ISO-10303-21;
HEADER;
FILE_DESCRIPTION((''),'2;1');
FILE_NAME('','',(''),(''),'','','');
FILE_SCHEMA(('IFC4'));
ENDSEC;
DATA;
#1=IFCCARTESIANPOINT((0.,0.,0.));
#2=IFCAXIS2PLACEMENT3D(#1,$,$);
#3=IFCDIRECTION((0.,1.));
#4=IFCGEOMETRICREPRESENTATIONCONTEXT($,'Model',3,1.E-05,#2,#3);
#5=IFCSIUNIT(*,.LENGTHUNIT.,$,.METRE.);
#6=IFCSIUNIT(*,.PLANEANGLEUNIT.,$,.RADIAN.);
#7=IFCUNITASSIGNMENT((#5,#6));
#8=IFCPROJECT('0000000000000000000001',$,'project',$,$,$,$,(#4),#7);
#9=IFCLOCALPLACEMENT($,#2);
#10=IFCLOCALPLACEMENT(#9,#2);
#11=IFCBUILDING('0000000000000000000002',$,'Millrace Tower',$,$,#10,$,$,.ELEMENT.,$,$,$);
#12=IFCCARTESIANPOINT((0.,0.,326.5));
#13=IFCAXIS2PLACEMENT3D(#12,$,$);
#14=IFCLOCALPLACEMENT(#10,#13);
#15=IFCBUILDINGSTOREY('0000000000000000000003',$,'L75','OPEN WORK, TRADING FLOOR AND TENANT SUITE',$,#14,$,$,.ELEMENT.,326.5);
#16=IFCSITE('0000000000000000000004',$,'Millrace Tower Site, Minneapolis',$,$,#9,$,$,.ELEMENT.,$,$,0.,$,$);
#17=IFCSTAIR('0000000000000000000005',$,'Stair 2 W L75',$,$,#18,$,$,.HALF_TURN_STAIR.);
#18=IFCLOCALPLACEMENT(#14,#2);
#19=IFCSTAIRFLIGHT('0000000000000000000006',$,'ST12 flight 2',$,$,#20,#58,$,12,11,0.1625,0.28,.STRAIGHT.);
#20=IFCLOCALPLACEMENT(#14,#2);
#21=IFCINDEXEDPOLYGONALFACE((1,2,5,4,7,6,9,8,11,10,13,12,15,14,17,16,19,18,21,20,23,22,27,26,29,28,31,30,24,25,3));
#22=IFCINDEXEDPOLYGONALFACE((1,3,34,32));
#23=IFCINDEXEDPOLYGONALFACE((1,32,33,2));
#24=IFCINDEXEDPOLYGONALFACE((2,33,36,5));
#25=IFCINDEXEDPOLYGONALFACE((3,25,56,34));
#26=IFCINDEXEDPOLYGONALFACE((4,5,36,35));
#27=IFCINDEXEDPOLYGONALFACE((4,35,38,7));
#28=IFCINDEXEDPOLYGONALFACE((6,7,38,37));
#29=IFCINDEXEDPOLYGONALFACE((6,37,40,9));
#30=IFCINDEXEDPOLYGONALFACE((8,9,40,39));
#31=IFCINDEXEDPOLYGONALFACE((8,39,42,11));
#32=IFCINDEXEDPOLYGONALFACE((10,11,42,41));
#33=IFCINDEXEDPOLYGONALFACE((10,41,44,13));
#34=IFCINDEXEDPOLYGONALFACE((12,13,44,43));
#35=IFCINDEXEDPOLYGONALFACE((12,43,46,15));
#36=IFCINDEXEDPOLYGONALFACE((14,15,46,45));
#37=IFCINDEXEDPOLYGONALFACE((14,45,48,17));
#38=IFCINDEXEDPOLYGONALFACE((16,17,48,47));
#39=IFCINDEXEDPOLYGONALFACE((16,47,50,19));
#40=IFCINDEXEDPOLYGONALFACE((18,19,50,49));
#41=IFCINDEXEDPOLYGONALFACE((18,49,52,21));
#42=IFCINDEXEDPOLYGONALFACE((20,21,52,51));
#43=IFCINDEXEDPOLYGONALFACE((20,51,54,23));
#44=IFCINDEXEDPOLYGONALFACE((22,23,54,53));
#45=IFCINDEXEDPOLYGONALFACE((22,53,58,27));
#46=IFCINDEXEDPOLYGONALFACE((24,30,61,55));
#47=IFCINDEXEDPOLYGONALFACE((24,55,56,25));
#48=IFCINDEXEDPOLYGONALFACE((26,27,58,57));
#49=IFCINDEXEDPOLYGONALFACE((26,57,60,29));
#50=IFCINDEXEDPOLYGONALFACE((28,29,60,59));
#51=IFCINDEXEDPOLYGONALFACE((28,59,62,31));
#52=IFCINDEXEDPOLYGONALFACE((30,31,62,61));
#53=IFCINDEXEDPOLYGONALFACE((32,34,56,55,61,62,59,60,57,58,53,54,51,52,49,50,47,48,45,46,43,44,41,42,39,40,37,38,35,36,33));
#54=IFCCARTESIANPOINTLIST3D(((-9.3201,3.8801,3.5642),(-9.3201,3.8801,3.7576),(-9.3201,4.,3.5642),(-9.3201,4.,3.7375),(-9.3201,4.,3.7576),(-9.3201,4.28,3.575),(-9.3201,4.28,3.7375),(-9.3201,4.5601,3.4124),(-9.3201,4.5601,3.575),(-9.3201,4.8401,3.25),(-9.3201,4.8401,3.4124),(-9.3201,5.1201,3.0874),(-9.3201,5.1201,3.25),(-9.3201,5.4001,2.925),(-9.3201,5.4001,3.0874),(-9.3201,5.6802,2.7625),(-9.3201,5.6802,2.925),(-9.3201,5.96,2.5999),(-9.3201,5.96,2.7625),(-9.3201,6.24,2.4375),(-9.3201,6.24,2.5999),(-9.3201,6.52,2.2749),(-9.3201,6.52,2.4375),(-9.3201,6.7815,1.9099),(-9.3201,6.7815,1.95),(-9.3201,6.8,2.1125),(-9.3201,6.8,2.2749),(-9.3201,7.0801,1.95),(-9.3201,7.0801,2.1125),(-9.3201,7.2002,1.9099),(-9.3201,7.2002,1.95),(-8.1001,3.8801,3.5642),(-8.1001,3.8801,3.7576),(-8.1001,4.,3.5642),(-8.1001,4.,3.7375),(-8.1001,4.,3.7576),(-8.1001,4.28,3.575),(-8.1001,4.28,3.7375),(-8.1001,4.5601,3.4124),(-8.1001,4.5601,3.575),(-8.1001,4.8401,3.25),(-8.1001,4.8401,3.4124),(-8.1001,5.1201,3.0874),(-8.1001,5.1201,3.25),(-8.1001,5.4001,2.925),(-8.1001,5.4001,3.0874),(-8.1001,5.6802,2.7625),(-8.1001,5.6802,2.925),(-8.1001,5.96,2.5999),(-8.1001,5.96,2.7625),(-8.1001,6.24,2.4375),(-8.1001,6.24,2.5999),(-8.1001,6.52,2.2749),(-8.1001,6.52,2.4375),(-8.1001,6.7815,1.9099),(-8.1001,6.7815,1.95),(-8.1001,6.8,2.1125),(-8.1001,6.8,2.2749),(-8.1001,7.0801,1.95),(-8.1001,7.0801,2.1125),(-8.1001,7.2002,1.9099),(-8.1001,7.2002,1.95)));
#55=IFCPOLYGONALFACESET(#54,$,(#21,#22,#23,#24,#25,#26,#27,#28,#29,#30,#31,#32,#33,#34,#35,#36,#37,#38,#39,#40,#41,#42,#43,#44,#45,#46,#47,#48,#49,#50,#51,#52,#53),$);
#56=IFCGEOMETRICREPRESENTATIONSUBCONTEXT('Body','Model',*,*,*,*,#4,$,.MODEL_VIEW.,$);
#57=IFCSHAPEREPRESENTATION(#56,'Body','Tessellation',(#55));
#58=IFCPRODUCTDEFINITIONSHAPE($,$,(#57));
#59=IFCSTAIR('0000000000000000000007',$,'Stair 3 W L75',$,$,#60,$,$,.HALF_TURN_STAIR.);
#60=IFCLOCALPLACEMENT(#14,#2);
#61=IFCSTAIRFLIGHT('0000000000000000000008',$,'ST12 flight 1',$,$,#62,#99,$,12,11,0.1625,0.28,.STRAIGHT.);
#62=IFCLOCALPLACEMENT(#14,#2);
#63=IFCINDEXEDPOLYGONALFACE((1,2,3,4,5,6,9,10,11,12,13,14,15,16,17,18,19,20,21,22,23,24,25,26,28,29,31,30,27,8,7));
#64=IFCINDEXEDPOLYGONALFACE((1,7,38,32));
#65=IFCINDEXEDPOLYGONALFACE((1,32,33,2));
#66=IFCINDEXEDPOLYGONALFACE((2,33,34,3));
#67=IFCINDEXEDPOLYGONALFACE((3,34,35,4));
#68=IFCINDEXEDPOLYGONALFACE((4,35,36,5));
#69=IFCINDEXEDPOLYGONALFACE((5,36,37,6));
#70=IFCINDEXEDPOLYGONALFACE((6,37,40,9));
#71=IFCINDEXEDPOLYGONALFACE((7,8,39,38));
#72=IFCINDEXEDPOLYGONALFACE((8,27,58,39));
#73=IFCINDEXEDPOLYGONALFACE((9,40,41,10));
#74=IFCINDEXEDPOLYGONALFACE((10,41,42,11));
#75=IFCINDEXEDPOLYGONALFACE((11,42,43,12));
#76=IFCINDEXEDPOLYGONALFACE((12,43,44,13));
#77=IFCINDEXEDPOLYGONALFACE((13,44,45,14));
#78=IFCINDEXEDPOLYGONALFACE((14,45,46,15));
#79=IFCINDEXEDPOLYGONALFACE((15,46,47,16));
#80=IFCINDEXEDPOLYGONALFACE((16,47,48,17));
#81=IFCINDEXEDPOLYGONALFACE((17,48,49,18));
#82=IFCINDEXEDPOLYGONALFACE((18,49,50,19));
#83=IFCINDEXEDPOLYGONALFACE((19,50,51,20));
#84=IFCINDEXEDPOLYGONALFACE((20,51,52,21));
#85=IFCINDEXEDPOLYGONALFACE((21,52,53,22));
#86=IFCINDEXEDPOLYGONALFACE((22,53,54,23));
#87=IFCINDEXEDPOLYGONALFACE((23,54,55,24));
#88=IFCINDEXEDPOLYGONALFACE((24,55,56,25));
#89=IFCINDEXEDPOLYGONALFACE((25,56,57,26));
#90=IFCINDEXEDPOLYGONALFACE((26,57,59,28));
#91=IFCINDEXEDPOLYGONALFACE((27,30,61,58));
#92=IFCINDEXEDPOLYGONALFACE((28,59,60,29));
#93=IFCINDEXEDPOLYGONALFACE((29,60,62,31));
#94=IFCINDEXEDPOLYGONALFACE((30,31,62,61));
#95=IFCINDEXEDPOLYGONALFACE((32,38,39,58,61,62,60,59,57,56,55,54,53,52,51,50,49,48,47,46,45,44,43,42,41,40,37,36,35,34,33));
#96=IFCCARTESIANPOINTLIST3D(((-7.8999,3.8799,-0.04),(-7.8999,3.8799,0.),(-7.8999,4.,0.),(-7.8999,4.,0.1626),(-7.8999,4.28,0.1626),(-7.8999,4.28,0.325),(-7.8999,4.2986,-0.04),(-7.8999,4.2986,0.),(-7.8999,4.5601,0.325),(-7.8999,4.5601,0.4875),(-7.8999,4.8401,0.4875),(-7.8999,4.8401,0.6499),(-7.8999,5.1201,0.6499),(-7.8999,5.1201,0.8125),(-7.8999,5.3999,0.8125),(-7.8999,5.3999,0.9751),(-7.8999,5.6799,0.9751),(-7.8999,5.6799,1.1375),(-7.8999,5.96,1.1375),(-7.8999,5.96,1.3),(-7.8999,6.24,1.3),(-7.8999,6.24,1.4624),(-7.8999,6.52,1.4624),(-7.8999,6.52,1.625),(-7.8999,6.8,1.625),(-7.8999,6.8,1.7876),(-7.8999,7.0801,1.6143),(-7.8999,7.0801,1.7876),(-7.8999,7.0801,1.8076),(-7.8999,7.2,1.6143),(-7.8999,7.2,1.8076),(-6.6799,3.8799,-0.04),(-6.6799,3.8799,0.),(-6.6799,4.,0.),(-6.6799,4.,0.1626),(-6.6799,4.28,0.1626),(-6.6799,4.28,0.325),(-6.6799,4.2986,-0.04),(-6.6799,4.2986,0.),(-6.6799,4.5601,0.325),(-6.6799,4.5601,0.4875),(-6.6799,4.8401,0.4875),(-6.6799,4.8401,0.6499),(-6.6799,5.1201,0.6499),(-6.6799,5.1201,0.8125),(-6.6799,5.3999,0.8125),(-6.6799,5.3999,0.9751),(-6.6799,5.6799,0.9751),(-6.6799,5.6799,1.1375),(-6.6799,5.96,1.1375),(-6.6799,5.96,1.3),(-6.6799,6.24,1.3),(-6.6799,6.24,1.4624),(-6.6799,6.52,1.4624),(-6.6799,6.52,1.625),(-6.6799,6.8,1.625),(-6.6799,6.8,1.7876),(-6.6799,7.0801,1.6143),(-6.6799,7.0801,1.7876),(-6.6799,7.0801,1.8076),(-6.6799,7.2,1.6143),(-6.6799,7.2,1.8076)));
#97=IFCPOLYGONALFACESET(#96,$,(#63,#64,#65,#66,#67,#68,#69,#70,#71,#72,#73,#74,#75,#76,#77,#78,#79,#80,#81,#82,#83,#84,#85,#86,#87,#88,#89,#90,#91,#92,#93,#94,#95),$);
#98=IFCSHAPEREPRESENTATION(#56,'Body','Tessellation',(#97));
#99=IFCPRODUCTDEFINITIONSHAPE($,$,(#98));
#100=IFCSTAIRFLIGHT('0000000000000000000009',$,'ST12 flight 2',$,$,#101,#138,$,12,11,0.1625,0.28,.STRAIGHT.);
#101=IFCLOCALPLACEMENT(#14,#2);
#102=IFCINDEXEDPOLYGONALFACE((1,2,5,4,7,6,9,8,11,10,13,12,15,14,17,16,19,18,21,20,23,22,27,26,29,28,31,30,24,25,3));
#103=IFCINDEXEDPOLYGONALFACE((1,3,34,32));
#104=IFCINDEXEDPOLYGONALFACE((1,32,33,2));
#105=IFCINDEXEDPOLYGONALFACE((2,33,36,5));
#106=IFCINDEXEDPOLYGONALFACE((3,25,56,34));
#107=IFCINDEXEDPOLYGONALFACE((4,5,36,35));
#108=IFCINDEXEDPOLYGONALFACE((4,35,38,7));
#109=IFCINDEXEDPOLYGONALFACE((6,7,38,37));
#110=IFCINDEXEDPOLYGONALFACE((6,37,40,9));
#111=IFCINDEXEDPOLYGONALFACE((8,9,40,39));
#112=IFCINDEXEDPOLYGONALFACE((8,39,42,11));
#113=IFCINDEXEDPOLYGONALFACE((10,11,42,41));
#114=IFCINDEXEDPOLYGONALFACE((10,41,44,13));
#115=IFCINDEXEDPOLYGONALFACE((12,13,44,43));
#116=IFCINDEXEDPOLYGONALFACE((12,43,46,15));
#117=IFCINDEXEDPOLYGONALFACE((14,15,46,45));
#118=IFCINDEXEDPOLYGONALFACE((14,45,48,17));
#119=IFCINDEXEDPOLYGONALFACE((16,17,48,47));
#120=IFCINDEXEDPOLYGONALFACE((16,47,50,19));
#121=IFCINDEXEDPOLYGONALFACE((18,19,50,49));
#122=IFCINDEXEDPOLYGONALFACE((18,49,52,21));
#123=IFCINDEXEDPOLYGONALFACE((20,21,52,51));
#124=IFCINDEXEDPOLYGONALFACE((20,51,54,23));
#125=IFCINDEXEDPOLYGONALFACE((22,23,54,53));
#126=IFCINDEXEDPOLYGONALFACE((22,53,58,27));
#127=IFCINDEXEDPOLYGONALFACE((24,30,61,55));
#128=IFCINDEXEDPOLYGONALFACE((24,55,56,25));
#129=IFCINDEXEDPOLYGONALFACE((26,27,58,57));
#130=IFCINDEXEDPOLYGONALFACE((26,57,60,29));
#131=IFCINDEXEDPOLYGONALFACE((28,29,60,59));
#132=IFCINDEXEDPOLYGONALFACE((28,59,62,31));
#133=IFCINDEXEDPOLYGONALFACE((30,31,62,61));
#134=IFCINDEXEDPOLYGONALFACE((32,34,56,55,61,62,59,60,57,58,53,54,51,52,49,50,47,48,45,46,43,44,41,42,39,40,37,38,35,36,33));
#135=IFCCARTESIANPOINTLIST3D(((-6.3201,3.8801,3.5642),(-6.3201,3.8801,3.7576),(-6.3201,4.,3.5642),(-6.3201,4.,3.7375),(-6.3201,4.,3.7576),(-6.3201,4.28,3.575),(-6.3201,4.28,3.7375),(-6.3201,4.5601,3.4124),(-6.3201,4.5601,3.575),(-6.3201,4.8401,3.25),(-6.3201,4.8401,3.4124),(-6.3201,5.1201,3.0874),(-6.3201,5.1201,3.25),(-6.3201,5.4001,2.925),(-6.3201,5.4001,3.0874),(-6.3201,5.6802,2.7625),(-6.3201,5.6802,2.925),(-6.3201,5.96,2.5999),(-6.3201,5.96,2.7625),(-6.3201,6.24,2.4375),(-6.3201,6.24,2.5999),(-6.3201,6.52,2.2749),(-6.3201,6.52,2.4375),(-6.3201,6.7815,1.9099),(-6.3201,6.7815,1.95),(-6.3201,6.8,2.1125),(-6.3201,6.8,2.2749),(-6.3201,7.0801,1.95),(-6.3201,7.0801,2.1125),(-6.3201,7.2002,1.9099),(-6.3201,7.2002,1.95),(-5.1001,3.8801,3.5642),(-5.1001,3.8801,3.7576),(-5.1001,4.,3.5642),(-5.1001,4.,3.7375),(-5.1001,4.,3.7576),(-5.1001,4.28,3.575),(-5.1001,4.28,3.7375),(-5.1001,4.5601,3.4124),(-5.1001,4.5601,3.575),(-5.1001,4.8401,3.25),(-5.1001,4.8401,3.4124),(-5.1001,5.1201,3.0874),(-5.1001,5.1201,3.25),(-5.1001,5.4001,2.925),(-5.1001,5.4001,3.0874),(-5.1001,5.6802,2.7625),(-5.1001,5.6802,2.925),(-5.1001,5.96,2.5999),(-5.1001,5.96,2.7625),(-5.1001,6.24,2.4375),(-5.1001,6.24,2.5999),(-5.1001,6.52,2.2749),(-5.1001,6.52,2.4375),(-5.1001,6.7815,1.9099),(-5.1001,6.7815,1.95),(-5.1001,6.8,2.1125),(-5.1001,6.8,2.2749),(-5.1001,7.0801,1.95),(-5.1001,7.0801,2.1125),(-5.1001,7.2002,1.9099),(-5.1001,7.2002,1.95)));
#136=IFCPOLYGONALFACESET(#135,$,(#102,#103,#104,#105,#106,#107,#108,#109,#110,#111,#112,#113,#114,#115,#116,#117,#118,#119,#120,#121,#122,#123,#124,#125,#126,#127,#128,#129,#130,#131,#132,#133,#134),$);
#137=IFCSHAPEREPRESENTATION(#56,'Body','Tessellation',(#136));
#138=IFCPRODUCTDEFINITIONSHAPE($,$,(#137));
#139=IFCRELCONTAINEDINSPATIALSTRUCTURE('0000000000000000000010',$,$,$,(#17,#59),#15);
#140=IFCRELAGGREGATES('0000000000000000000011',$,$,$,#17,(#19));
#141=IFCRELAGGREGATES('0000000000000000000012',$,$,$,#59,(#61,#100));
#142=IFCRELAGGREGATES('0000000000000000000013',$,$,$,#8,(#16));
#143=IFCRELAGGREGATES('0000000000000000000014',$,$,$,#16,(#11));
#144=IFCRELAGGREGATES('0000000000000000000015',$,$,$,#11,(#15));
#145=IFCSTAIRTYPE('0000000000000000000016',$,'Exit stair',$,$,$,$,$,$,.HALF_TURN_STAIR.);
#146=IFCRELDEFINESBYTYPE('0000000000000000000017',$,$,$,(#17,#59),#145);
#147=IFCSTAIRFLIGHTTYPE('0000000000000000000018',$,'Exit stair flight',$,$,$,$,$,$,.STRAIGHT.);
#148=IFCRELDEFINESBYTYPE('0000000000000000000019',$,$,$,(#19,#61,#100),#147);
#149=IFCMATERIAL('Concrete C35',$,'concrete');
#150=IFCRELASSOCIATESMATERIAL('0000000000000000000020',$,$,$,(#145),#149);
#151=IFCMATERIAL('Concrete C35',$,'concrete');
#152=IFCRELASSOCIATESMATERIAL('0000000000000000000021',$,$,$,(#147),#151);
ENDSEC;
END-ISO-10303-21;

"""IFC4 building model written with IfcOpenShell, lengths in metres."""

from ifc_helpers import new_model, si_unit, direction, frame, origin, place, context, subcontext, project, spatial, polyline, outline, extrude, material, type_object, element, aggregate, save


model = new_model("IFC4")

# Units and contexts
model_context = context("Model", 3, precision=1e-05, world=origin(), true_north=direction((0.0, 1.0)))
body_context = subcontext(model_context, "Body", "Model", "MODEL_VIEW")
ifc_project = project(units=[si_unit("LENGTHUNIT", "METRE"), si_unit("PLANEANGLEUNIT", "RADIAN")], contexts=[model_context])

# Site, building, storey
site_placement = place(None, origin())
site = spatial("IfcSite", under=ifc_project, at=site_placement, Name="Millrace Tower Site, Minneapolis", CompositionType="ELEMENT", RefElevation=0.0)
building_placement = place(site_placement, origin())
building = spatial("IfcBuilding", under=site, at=building_placement, Name="Millrace Tower", CompositionType="ELEMENT")
storey_placement = place(building_placement, frame((0.0, 0.0, 326.5)))
storey = spatial("IfcBuildingStorey", under=building, at=storey_placement, Name="L75", Description="OPEN WORK, TRADING FLOOR AND TENANT SUITE", CompositionType="ELEMENT", Elevation=326.5)

# Shared definitions
placement_1 = place(storey_placement, origin())

# Stairs, stair flights
ifc_material_1 = material(Name="Concrete C35", Category="concrete")
stair_type = type_object("IfcStairType", Name="Exit stair", PredefinedType="HALF_TURN_STAIR", material=ifc_material_1)
stair_1 = element("IfcStair", 1, at=placement_1, inside=storey, type_object=stair_type, Name="Stair 2 W L75", PredefinedType="HALF_TURN_STAIR")
ifc_material_2 = material(Name="Concrete C35", Category="concrete")
stair_flight_type = type_object("IfcStairFlightType", Name="Exit stair flight", PredefinedType="STRAIGHT", material=ifc_material_2)
stair_flight_1_placement = place(storey_placement, frame((-8.71, 7.0801, 1.95), z_axis=(0.0, 0.0, 1.0), x_axis=(0.0, -1.0, 0.0)))
stair_flight_1 = element("IfcStairFlight", 2, at=stair_flight_1_placement, type_object=stair_flight_type, Name="ST12 flight 2", NumberOfRisers=12, NumberOfTreads=11, PredefinedType="STRAIGHT", RiserHeight=0.1625, TreadLength=0.28, context=body_context, shape_type="SweptSolid", body=[
    extrude(outline(polyline([(-0.1201, -0.04), (-0.1201, 0.0), (0.0, 0.0), (0.0, 0.1626), (0.28, 0.1626), (0.28, 0.325), (0.5601, 0.325), (0.5601, 0.4875), (0.8401, 0.4875), (0.8401, 0.6499), (1.1201, 0.6499), (1.1201, 0.8125), (1.3999, 0.8125), (1.3999, 0.9751), (1.6799, 0.9751), (1.6799, 1.1375), (1.96, 1.1375), (1.96, 1.3), (2.24, 1.3), (2.24, 1.4624), (2.52, 1.4624), (2.52, 1.625), (2.8, 1.625), (2.8, 1.7876), (3.0801, 1.7876), (3.0801, 1.8076), (3.2, 1.8076), (3.2, 1.6143), (3.0801, 1.6143), (0.2986, 0.0), (0.2986, -0.04), (-0.1201, -0.04)])), frame((0.0, 0.6099, 0.0), z_axis=(0.0, -1.0, 0.0), x_axis=(1.0, 0.0, 0.0)), (0.0, 0.0, 1.0), 1.22),
])
aggregate(stair_1, [stair_flight_1])
stair_2 = element("IfcStair", 3, at=placement_1, inside=storey, type_object=stair_type, Name="Stair 3 W L75", PredefinedType="HALF_TURN_STAIR")
stair_flight_2_placement = place(storey_placement, frame((-7.29, 4.0, 0.0), z_axis=(0.0, 0.0, 1.0), x_axis=(0.0, 1.0, 0.0)))
stair_flight_2 = element("IfcStairFlight", 4, at=stair_flight_2_placement, type_object=stair_flight_type, Name="ST12 flight 1", NumberOfRisers=12, NumberOfTreads=11, PredefinedType="STRAIGHT", RiserHeight=0.1625, TreadLength=0.28, context=body_context, shape_type="SweptSolid", body=[
    extrude(outline(polyline([(-0.1201, -0.04), (-0.1201, 0.0), (0.0, 0.0), (0.0, 0.1626), (0.28, 0.1626), (0.28, 0.325), (0.5601, 0.325), (0.5601, 0.4875), (0.8401, 0.4875), (0.8401, 0.6499), (1.1201, 0.6499), (1.1201, 0.8125), (1.3999, 0.8125), (1.3999, 0.9751), (1.6799, 0.9751), (1.6799, 1.1375), (1.96, 1.1375), (1.96, 1.3), (2.24, 1.3), (2.24, 1.4624), (2.52, 1.4624), (2.52, 1.625), (2.8, 1.625), (2.8, 1.7876), (3.0801, 1.7876), (3.0801, 1.8076), (3.2, 1.8076), (3.2, 1.6143), (3.0801, 1.6143), (0.2986, 0.0), (0.2986, -0.04), (-0.1201, -0.04)])), frame((0.0, 0.6099, 0.0), z_axis=(0.0, -1.0, 0.0), x_axis=(1.0, 0.0, 0.0)), (0.0, 0.0, 1.0), 1.22),
])
stair_flight_3_placement = place(storey_placement, frame((-5.71, 7.0801, 1.95), z_axis=(0.0, 0.0, 1.0), x_axis=(0.0, -1.0, 0.0)))
stair_flight_3 = element("IfcStairFlight", 5, at=stair_flight_3_placement, type_object=stair_flight_type, Name="ST12 flight 2", NumberOfRisers=12, NumberOfTreads=11, PredefinedType="STRAIGHT", RiserHeight=0.1625, TreadLength=0.28, context=body_context, shape_type="SweptSolid", body=[
    extrude(outline(polyline([(-0.1201, -0.04), (-0.1201, 0.0), (0.0, 0.0), (0.0, 0.1626), (0.28, 0.1626), (0.28, 0.325), (0.5601, 0.325), (0.5601, 0.4875), (0.8401, 0.4875), (0.8401, 0.6499), (1.1201, 0.6499), (1.1201, 0.8125), (1.3999, 0.8125), (1.3999, 0.9751), (1.6799, 0.9751), (1.6799, 1.1375), (1.96, 1.1375), (1.96, 1.3), (2.24, 1.3), (2.24, 1.4624), (2.52, 1.4624), (2.52, 1.625), (2.8, 1.625), (2.8, 1.7876), (3.0801, 1.7876), (3.0801, 1.8076), (3.2, 1.8076), (3.2, 1.6143), (3.0801, 1.6143), (0.2986, 0.0), (0.2986, -0.04), (-0.1201, -0.04)])), frame((0.0, 0.6099, 0.0), z_axis=(0.0, -1.0, 0.0), x_axis=(1.0, 0.0, 0.0)), (0.0, 0.0, 1.0), 1.22),
])
aggregate(stair_2, [stair_flight_2, stair_flight_3])

save(model, "model.ifc")
